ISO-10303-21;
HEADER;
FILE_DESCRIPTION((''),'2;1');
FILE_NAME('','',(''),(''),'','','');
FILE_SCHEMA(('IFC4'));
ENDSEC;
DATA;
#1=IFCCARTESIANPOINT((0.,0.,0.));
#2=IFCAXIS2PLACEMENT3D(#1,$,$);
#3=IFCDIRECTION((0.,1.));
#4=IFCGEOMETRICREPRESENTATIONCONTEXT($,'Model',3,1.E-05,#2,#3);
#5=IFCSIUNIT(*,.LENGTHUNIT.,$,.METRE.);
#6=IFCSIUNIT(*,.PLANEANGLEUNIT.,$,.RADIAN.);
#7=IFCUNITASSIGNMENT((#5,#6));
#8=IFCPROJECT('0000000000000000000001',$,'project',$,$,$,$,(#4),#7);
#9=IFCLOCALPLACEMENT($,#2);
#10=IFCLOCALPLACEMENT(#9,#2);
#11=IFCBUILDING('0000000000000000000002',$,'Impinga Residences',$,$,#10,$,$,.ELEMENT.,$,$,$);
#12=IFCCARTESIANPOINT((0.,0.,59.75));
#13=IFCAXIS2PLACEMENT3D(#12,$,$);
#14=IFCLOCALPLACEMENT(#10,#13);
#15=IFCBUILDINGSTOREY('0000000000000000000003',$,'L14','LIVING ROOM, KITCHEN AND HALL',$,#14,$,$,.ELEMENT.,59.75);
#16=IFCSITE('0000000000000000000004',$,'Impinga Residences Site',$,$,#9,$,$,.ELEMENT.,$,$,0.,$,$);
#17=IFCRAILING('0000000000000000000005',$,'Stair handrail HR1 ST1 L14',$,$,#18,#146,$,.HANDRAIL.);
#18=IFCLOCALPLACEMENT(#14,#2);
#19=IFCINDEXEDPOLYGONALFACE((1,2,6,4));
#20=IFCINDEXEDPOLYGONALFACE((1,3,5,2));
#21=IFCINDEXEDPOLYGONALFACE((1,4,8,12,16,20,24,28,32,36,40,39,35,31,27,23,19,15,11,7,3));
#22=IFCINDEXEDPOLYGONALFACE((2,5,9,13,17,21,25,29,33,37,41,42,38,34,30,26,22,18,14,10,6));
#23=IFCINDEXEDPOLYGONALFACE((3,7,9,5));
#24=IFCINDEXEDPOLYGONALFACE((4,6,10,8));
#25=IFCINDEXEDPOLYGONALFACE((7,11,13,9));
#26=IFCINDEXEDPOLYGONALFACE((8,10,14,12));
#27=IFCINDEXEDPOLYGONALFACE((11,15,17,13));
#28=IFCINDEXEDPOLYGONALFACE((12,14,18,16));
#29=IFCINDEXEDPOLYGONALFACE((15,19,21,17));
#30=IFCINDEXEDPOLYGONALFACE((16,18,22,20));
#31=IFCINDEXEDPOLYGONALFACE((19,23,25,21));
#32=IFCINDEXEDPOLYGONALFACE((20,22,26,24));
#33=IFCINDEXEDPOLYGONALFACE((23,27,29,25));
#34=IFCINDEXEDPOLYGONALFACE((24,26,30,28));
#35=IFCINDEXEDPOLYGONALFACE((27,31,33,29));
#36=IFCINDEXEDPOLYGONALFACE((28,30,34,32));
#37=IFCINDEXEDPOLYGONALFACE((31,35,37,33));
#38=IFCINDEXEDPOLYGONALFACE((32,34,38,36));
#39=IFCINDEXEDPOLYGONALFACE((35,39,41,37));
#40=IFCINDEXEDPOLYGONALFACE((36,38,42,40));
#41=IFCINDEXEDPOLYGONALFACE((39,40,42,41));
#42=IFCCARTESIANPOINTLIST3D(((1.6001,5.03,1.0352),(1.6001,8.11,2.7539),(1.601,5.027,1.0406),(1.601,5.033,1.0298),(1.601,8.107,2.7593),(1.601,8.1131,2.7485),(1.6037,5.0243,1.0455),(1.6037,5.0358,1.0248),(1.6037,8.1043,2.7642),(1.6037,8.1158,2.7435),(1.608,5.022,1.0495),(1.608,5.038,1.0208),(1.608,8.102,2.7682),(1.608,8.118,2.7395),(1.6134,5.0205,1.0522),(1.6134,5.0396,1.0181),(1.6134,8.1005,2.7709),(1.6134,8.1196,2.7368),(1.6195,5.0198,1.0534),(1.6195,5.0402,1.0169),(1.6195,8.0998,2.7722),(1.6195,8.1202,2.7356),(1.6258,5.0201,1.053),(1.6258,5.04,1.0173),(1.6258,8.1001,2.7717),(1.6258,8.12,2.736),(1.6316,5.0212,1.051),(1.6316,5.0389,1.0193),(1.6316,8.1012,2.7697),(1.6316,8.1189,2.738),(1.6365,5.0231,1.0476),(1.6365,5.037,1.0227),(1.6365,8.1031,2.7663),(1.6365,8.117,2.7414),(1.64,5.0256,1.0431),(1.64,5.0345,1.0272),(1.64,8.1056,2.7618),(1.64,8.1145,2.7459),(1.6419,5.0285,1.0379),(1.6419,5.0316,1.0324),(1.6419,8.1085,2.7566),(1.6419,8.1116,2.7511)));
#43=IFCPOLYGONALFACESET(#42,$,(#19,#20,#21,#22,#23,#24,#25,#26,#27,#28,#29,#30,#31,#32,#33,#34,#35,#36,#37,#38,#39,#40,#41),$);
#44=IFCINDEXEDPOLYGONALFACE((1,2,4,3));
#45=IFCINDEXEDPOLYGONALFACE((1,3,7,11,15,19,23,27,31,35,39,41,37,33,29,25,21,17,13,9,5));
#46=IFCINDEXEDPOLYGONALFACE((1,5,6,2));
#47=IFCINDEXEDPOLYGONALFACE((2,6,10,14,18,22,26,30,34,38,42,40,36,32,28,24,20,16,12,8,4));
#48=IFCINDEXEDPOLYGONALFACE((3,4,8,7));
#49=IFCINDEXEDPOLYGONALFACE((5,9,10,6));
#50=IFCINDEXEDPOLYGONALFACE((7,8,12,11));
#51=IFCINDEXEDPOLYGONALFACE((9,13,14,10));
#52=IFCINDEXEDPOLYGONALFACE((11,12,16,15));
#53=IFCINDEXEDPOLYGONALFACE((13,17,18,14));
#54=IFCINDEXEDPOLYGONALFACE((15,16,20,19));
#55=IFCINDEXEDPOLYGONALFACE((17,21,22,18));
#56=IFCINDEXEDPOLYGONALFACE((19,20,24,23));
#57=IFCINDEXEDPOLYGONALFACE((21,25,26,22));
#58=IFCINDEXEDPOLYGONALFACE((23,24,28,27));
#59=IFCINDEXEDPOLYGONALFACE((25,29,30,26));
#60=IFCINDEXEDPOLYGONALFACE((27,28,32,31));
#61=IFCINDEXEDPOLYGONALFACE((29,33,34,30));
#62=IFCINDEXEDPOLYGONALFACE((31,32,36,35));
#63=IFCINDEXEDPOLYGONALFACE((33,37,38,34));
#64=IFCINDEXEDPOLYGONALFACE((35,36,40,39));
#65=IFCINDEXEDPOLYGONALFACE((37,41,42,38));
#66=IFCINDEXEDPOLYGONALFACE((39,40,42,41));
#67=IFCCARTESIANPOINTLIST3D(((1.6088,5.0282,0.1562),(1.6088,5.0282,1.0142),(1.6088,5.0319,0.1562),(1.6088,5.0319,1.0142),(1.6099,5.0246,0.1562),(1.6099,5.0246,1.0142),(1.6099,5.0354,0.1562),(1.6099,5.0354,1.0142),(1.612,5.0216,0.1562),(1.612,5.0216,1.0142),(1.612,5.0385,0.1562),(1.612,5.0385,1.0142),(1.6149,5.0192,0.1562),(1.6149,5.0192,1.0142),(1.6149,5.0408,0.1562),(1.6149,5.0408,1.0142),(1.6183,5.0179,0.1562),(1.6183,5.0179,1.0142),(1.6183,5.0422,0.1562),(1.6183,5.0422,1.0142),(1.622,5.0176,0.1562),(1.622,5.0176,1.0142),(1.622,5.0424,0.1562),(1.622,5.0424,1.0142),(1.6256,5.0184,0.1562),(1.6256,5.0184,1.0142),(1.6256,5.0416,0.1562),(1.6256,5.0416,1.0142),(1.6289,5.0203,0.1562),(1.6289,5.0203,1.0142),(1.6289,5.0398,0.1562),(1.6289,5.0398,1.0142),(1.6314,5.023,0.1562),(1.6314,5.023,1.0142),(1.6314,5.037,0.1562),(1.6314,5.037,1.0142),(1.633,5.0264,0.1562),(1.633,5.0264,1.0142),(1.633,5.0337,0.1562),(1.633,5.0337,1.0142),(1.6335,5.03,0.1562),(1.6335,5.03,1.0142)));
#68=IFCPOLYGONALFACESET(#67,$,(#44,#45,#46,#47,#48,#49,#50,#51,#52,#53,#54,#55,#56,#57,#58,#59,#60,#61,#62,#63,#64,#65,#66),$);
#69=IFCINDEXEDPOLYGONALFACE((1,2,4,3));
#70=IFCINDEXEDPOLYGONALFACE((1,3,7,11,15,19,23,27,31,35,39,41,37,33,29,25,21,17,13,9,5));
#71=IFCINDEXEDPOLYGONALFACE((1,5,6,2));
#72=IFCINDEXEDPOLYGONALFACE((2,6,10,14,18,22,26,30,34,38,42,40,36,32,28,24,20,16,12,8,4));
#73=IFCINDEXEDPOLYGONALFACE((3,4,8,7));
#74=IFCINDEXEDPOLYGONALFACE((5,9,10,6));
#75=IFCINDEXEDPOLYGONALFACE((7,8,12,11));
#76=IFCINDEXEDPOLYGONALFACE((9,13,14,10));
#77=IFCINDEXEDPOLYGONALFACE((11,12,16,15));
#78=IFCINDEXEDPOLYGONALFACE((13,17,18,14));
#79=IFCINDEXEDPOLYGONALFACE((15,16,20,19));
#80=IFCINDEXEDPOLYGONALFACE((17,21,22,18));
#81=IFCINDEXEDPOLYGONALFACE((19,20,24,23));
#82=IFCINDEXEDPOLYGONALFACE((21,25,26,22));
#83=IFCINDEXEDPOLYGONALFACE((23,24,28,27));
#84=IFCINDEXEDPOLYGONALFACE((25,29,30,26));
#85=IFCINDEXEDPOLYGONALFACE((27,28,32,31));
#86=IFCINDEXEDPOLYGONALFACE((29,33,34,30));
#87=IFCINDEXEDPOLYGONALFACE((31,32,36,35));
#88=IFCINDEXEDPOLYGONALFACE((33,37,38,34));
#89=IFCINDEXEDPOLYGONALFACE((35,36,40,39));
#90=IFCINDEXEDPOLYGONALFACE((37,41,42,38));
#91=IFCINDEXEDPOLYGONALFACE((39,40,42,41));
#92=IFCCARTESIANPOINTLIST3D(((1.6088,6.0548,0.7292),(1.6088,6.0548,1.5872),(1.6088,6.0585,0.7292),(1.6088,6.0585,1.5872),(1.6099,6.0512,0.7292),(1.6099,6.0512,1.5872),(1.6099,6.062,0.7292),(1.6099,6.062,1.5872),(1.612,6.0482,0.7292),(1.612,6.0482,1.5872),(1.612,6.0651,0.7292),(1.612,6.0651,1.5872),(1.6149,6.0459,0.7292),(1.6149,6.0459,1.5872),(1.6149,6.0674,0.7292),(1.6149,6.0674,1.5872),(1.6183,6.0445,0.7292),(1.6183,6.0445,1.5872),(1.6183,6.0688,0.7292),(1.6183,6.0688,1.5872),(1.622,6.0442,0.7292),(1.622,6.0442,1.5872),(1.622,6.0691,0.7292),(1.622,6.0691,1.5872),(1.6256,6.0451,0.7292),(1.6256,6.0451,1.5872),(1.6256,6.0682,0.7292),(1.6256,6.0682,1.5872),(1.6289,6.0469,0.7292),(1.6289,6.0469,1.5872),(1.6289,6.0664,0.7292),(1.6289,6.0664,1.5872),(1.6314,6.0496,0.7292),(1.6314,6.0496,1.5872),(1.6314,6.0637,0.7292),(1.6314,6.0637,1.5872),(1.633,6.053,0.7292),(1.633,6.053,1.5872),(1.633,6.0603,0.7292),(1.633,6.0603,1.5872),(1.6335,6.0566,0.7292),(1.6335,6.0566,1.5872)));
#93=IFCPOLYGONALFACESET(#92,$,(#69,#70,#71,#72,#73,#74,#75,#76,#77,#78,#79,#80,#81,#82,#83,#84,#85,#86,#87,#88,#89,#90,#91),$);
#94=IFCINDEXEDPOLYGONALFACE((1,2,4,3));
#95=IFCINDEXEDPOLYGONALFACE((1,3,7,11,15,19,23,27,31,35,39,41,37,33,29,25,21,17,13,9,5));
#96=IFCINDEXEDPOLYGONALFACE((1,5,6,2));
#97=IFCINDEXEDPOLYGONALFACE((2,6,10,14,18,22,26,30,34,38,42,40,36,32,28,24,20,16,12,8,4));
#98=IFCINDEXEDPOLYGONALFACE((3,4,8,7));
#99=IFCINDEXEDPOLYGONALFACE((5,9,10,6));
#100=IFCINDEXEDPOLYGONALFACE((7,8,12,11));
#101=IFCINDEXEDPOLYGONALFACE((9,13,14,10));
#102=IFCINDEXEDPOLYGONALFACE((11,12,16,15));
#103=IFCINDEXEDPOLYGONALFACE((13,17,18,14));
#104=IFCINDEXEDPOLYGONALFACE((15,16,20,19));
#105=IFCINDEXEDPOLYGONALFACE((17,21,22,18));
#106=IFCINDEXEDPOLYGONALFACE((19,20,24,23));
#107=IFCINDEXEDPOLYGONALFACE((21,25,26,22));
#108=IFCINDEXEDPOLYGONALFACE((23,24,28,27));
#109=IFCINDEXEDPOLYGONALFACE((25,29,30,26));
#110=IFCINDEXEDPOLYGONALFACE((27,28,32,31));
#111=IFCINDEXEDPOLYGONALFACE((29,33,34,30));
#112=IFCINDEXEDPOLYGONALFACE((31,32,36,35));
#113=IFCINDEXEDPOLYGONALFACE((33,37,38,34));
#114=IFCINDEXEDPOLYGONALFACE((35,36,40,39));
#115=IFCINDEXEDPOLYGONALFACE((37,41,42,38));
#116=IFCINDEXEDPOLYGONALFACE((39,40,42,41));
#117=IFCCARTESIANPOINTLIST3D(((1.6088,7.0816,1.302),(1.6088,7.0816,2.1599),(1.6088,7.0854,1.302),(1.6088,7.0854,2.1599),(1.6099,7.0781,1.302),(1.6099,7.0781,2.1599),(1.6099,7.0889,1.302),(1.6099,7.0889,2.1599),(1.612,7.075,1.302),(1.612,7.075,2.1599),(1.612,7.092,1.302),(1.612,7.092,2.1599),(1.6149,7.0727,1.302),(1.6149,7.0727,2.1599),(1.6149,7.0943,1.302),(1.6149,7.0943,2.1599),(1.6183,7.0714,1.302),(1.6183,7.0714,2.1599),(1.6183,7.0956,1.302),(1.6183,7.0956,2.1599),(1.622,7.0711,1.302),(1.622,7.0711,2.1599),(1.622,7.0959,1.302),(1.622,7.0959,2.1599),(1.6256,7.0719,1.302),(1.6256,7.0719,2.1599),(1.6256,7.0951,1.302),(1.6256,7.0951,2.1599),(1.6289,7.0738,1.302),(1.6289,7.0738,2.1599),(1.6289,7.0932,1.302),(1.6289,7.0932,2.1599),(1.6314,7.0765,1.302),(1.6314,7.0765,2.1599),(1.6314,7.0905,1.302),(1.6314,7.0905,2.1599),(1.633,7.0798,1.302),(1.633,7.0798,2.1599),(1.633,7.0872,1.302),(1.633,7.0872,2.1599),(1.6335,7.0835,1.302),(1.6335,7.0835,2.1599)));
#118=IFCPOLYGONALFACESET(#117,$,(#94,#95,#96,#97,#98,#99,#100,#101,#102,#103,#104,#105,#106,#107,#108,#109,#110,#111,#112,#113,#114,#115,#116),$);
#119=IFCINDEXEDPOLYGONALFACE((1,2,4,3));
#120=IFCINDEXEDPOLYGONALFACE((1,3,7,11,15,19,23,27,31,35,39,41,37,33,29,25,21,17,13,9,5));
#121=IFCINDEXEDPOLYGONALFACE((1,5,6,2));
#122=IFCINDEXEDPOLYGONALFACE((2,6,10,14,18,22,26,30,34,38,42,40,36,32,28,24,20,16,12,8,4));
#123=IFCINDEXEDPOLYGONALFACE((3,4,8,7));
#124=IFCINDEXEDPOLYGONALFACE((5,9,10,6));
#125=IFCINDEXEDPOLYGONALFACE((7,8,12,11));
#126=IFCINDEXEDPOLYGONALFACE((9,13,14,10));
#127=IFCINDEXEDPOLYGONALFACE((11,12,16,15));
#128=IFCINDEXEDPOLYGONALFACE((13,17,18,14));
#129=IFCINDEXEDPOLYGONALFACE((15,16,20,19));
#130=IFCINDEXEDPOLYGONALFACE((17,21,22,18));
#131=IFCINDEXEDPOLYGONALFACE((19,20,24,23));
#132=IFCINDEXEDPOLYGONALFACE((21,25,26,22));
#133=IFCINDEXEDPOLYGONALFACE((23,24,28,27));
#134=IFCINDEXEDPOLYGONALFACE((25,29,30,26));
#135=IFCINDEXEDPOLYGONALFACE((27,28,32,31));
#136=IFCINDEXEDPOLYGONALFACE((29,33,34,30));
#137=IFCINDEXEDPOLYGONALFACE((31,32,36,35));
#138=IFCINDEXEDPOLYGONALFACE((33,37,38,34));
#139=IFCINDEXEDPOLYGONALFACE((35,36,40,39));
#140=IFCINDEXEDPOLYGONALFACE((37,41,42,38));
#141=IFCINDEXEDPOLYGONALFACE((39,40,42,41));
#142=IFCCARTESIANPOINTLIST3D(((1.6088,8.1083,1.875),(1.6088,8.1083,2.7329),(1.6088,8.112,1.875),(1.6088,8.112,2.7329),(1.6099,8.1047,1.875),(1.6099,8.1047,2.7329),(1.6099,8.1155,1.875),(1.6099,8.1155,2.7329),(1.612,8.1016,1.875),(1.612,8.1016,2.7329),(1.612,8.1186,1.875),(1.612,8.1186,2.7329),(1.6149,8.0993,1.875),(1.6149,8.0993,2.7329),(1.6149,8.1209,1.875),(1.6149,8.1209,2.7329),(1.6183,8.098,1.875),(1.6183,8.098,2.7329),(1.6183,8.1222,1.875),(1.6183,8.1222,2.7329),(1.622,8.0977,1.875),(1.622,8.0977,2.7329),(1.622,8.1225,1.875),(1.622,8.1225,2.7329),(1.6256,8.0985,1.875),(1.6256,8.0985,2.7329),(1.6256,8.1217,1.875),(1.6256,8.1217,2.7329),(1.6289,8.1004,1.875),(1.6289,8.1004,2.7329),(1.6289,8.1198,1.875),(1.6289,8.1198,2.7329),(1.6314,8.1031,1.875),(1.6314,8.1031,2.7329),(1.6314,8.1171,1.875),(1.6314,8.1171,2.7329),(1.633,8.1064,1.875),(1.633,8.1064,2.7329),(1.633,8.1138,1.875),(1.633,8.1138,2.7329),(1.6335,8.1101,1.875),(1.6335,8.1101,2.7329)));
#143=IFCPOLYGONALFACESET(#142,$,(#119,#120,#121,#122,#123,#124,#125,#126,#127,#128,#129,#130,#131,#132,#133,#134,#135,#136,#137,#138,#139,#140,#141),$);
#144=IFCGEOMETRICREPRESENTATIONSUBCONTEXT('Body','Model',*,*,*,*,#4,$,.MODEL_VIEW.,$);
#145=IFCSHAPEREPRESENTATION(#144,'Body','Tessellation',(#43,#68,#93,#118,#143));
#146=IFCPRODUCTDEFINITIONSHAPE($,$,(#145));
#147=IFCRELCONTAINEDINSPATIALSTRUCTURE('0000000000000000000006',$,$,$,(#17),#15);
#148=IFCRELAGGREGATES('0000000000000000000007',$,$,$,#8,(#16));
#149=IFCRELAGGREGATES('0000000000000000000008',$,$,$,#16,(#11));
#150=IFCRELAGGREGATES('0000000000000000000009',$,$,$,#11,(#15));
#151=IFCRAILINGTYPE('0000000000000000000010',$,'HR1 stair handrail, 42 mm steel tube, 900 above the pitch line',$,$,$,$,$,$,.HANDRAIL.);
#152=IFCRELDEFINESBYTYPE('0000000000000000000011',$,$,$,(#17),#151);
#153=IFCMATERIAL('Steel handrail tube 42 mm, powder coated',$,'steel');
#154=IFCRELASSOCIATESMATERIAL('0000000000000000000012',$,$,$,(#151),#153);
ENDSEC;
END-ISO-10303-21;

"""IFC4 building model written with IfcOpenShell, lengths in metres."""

from ifc_helpers import new_model, si_unit, direction, frame, origin, origin_2d, place, context, subcontext, project, spatial, circle, extrude, material, type_object, element, save


model = new_model("IFC4")

# Units and contexts
model_context = context("Model", 3, precision=1e-05, world=origin(), true_north=direction((0.0, 1.0)))
body_context = subcontext(model_context, "Body", "Model", "MODEL_VIEW")
ifc_project = project(units=[si_unit("LENGTHUNIT", "METRE"), si_unit("PLANEANGLEUNIT", "RADIAN")], contexts=[model_context])

# Site, building, storey
site_placement = place(None, origin())
site = spatial("IfcSite", under=ifc_project, at=site_placement, Name="Impinga Residences Site", CompositionType="ELEMENT", RefElevation=0.0)
building_placement = place(site_placement, origin())
building = spatial("IfcBuilding", under=site, at=building_placement, Name="Impinga Residences", CompositionType="ELEMENT")
storey_placement = place(building_placement, frame((0.0, 0.0, 59.75)))
storey = spatial("IfcBuildingStorey", under=building, at=storey_placement, Name="L14", Description="LIVING ROOM, KITCHEN AND HALL", CompositionType="ELEMENT", Elevation=59.75)

# Railing
ifc_material_1 = material(Name="Steel handrail tube 42 mm, powder coated", Category="steel")
railing_type_1 = type_object("IfcRailingType", Name="HR1 stair handrail, 42 mm steel tube, 900 above the pitch line", PredefinedType="HANDRAIL", material=ifc_material_1)
railing_1_placement = place(storey_placement, frame((1.6211, 5.03, 0.1562)))
element("IfcRailing", 1, at=railing_1_placement, inside=storey, type_object=railing_type_1, Name="Stair handrail HR1 ST1 L14", PredefinedType="HANDRAIL", context=body_context, shape_type="SweptSolid", body=[
    extrude(circle(Radius=0.021, at=origin_2d()), frame((0.0, 0.0, 0.8789), z_axis=(0.0, 0.873242, 0.487288), x_axis=(-1.0, 0.0, 0.0)), (0.0, 0.0, 1.0), 3.5271),
    extrude(circle(Radius=0.0125, at=origin_2d()), origin(), (0.0, 0.0, 1.0), 0.8579),
    extrude(circle(Radius=0.0125, at=origin_2d()), frame((0.0, 1.0266, 0.573)), (0.0, 0.0, 1.0), 0.8579),
    extrude(circle(Radius=0.0125, at=origin_2d()), frame((0.0, 2.0535, 1.1458)), (0.0, 0.0, 1.0), 0.8579),
    extrude(circle(Radius=0.0125, at=origin_2d()), frame((0.0, 3.0801, 1.7188)), (0.0, 0.0, 1.0), 0.8579),
])

save(model, "model.ifc")
